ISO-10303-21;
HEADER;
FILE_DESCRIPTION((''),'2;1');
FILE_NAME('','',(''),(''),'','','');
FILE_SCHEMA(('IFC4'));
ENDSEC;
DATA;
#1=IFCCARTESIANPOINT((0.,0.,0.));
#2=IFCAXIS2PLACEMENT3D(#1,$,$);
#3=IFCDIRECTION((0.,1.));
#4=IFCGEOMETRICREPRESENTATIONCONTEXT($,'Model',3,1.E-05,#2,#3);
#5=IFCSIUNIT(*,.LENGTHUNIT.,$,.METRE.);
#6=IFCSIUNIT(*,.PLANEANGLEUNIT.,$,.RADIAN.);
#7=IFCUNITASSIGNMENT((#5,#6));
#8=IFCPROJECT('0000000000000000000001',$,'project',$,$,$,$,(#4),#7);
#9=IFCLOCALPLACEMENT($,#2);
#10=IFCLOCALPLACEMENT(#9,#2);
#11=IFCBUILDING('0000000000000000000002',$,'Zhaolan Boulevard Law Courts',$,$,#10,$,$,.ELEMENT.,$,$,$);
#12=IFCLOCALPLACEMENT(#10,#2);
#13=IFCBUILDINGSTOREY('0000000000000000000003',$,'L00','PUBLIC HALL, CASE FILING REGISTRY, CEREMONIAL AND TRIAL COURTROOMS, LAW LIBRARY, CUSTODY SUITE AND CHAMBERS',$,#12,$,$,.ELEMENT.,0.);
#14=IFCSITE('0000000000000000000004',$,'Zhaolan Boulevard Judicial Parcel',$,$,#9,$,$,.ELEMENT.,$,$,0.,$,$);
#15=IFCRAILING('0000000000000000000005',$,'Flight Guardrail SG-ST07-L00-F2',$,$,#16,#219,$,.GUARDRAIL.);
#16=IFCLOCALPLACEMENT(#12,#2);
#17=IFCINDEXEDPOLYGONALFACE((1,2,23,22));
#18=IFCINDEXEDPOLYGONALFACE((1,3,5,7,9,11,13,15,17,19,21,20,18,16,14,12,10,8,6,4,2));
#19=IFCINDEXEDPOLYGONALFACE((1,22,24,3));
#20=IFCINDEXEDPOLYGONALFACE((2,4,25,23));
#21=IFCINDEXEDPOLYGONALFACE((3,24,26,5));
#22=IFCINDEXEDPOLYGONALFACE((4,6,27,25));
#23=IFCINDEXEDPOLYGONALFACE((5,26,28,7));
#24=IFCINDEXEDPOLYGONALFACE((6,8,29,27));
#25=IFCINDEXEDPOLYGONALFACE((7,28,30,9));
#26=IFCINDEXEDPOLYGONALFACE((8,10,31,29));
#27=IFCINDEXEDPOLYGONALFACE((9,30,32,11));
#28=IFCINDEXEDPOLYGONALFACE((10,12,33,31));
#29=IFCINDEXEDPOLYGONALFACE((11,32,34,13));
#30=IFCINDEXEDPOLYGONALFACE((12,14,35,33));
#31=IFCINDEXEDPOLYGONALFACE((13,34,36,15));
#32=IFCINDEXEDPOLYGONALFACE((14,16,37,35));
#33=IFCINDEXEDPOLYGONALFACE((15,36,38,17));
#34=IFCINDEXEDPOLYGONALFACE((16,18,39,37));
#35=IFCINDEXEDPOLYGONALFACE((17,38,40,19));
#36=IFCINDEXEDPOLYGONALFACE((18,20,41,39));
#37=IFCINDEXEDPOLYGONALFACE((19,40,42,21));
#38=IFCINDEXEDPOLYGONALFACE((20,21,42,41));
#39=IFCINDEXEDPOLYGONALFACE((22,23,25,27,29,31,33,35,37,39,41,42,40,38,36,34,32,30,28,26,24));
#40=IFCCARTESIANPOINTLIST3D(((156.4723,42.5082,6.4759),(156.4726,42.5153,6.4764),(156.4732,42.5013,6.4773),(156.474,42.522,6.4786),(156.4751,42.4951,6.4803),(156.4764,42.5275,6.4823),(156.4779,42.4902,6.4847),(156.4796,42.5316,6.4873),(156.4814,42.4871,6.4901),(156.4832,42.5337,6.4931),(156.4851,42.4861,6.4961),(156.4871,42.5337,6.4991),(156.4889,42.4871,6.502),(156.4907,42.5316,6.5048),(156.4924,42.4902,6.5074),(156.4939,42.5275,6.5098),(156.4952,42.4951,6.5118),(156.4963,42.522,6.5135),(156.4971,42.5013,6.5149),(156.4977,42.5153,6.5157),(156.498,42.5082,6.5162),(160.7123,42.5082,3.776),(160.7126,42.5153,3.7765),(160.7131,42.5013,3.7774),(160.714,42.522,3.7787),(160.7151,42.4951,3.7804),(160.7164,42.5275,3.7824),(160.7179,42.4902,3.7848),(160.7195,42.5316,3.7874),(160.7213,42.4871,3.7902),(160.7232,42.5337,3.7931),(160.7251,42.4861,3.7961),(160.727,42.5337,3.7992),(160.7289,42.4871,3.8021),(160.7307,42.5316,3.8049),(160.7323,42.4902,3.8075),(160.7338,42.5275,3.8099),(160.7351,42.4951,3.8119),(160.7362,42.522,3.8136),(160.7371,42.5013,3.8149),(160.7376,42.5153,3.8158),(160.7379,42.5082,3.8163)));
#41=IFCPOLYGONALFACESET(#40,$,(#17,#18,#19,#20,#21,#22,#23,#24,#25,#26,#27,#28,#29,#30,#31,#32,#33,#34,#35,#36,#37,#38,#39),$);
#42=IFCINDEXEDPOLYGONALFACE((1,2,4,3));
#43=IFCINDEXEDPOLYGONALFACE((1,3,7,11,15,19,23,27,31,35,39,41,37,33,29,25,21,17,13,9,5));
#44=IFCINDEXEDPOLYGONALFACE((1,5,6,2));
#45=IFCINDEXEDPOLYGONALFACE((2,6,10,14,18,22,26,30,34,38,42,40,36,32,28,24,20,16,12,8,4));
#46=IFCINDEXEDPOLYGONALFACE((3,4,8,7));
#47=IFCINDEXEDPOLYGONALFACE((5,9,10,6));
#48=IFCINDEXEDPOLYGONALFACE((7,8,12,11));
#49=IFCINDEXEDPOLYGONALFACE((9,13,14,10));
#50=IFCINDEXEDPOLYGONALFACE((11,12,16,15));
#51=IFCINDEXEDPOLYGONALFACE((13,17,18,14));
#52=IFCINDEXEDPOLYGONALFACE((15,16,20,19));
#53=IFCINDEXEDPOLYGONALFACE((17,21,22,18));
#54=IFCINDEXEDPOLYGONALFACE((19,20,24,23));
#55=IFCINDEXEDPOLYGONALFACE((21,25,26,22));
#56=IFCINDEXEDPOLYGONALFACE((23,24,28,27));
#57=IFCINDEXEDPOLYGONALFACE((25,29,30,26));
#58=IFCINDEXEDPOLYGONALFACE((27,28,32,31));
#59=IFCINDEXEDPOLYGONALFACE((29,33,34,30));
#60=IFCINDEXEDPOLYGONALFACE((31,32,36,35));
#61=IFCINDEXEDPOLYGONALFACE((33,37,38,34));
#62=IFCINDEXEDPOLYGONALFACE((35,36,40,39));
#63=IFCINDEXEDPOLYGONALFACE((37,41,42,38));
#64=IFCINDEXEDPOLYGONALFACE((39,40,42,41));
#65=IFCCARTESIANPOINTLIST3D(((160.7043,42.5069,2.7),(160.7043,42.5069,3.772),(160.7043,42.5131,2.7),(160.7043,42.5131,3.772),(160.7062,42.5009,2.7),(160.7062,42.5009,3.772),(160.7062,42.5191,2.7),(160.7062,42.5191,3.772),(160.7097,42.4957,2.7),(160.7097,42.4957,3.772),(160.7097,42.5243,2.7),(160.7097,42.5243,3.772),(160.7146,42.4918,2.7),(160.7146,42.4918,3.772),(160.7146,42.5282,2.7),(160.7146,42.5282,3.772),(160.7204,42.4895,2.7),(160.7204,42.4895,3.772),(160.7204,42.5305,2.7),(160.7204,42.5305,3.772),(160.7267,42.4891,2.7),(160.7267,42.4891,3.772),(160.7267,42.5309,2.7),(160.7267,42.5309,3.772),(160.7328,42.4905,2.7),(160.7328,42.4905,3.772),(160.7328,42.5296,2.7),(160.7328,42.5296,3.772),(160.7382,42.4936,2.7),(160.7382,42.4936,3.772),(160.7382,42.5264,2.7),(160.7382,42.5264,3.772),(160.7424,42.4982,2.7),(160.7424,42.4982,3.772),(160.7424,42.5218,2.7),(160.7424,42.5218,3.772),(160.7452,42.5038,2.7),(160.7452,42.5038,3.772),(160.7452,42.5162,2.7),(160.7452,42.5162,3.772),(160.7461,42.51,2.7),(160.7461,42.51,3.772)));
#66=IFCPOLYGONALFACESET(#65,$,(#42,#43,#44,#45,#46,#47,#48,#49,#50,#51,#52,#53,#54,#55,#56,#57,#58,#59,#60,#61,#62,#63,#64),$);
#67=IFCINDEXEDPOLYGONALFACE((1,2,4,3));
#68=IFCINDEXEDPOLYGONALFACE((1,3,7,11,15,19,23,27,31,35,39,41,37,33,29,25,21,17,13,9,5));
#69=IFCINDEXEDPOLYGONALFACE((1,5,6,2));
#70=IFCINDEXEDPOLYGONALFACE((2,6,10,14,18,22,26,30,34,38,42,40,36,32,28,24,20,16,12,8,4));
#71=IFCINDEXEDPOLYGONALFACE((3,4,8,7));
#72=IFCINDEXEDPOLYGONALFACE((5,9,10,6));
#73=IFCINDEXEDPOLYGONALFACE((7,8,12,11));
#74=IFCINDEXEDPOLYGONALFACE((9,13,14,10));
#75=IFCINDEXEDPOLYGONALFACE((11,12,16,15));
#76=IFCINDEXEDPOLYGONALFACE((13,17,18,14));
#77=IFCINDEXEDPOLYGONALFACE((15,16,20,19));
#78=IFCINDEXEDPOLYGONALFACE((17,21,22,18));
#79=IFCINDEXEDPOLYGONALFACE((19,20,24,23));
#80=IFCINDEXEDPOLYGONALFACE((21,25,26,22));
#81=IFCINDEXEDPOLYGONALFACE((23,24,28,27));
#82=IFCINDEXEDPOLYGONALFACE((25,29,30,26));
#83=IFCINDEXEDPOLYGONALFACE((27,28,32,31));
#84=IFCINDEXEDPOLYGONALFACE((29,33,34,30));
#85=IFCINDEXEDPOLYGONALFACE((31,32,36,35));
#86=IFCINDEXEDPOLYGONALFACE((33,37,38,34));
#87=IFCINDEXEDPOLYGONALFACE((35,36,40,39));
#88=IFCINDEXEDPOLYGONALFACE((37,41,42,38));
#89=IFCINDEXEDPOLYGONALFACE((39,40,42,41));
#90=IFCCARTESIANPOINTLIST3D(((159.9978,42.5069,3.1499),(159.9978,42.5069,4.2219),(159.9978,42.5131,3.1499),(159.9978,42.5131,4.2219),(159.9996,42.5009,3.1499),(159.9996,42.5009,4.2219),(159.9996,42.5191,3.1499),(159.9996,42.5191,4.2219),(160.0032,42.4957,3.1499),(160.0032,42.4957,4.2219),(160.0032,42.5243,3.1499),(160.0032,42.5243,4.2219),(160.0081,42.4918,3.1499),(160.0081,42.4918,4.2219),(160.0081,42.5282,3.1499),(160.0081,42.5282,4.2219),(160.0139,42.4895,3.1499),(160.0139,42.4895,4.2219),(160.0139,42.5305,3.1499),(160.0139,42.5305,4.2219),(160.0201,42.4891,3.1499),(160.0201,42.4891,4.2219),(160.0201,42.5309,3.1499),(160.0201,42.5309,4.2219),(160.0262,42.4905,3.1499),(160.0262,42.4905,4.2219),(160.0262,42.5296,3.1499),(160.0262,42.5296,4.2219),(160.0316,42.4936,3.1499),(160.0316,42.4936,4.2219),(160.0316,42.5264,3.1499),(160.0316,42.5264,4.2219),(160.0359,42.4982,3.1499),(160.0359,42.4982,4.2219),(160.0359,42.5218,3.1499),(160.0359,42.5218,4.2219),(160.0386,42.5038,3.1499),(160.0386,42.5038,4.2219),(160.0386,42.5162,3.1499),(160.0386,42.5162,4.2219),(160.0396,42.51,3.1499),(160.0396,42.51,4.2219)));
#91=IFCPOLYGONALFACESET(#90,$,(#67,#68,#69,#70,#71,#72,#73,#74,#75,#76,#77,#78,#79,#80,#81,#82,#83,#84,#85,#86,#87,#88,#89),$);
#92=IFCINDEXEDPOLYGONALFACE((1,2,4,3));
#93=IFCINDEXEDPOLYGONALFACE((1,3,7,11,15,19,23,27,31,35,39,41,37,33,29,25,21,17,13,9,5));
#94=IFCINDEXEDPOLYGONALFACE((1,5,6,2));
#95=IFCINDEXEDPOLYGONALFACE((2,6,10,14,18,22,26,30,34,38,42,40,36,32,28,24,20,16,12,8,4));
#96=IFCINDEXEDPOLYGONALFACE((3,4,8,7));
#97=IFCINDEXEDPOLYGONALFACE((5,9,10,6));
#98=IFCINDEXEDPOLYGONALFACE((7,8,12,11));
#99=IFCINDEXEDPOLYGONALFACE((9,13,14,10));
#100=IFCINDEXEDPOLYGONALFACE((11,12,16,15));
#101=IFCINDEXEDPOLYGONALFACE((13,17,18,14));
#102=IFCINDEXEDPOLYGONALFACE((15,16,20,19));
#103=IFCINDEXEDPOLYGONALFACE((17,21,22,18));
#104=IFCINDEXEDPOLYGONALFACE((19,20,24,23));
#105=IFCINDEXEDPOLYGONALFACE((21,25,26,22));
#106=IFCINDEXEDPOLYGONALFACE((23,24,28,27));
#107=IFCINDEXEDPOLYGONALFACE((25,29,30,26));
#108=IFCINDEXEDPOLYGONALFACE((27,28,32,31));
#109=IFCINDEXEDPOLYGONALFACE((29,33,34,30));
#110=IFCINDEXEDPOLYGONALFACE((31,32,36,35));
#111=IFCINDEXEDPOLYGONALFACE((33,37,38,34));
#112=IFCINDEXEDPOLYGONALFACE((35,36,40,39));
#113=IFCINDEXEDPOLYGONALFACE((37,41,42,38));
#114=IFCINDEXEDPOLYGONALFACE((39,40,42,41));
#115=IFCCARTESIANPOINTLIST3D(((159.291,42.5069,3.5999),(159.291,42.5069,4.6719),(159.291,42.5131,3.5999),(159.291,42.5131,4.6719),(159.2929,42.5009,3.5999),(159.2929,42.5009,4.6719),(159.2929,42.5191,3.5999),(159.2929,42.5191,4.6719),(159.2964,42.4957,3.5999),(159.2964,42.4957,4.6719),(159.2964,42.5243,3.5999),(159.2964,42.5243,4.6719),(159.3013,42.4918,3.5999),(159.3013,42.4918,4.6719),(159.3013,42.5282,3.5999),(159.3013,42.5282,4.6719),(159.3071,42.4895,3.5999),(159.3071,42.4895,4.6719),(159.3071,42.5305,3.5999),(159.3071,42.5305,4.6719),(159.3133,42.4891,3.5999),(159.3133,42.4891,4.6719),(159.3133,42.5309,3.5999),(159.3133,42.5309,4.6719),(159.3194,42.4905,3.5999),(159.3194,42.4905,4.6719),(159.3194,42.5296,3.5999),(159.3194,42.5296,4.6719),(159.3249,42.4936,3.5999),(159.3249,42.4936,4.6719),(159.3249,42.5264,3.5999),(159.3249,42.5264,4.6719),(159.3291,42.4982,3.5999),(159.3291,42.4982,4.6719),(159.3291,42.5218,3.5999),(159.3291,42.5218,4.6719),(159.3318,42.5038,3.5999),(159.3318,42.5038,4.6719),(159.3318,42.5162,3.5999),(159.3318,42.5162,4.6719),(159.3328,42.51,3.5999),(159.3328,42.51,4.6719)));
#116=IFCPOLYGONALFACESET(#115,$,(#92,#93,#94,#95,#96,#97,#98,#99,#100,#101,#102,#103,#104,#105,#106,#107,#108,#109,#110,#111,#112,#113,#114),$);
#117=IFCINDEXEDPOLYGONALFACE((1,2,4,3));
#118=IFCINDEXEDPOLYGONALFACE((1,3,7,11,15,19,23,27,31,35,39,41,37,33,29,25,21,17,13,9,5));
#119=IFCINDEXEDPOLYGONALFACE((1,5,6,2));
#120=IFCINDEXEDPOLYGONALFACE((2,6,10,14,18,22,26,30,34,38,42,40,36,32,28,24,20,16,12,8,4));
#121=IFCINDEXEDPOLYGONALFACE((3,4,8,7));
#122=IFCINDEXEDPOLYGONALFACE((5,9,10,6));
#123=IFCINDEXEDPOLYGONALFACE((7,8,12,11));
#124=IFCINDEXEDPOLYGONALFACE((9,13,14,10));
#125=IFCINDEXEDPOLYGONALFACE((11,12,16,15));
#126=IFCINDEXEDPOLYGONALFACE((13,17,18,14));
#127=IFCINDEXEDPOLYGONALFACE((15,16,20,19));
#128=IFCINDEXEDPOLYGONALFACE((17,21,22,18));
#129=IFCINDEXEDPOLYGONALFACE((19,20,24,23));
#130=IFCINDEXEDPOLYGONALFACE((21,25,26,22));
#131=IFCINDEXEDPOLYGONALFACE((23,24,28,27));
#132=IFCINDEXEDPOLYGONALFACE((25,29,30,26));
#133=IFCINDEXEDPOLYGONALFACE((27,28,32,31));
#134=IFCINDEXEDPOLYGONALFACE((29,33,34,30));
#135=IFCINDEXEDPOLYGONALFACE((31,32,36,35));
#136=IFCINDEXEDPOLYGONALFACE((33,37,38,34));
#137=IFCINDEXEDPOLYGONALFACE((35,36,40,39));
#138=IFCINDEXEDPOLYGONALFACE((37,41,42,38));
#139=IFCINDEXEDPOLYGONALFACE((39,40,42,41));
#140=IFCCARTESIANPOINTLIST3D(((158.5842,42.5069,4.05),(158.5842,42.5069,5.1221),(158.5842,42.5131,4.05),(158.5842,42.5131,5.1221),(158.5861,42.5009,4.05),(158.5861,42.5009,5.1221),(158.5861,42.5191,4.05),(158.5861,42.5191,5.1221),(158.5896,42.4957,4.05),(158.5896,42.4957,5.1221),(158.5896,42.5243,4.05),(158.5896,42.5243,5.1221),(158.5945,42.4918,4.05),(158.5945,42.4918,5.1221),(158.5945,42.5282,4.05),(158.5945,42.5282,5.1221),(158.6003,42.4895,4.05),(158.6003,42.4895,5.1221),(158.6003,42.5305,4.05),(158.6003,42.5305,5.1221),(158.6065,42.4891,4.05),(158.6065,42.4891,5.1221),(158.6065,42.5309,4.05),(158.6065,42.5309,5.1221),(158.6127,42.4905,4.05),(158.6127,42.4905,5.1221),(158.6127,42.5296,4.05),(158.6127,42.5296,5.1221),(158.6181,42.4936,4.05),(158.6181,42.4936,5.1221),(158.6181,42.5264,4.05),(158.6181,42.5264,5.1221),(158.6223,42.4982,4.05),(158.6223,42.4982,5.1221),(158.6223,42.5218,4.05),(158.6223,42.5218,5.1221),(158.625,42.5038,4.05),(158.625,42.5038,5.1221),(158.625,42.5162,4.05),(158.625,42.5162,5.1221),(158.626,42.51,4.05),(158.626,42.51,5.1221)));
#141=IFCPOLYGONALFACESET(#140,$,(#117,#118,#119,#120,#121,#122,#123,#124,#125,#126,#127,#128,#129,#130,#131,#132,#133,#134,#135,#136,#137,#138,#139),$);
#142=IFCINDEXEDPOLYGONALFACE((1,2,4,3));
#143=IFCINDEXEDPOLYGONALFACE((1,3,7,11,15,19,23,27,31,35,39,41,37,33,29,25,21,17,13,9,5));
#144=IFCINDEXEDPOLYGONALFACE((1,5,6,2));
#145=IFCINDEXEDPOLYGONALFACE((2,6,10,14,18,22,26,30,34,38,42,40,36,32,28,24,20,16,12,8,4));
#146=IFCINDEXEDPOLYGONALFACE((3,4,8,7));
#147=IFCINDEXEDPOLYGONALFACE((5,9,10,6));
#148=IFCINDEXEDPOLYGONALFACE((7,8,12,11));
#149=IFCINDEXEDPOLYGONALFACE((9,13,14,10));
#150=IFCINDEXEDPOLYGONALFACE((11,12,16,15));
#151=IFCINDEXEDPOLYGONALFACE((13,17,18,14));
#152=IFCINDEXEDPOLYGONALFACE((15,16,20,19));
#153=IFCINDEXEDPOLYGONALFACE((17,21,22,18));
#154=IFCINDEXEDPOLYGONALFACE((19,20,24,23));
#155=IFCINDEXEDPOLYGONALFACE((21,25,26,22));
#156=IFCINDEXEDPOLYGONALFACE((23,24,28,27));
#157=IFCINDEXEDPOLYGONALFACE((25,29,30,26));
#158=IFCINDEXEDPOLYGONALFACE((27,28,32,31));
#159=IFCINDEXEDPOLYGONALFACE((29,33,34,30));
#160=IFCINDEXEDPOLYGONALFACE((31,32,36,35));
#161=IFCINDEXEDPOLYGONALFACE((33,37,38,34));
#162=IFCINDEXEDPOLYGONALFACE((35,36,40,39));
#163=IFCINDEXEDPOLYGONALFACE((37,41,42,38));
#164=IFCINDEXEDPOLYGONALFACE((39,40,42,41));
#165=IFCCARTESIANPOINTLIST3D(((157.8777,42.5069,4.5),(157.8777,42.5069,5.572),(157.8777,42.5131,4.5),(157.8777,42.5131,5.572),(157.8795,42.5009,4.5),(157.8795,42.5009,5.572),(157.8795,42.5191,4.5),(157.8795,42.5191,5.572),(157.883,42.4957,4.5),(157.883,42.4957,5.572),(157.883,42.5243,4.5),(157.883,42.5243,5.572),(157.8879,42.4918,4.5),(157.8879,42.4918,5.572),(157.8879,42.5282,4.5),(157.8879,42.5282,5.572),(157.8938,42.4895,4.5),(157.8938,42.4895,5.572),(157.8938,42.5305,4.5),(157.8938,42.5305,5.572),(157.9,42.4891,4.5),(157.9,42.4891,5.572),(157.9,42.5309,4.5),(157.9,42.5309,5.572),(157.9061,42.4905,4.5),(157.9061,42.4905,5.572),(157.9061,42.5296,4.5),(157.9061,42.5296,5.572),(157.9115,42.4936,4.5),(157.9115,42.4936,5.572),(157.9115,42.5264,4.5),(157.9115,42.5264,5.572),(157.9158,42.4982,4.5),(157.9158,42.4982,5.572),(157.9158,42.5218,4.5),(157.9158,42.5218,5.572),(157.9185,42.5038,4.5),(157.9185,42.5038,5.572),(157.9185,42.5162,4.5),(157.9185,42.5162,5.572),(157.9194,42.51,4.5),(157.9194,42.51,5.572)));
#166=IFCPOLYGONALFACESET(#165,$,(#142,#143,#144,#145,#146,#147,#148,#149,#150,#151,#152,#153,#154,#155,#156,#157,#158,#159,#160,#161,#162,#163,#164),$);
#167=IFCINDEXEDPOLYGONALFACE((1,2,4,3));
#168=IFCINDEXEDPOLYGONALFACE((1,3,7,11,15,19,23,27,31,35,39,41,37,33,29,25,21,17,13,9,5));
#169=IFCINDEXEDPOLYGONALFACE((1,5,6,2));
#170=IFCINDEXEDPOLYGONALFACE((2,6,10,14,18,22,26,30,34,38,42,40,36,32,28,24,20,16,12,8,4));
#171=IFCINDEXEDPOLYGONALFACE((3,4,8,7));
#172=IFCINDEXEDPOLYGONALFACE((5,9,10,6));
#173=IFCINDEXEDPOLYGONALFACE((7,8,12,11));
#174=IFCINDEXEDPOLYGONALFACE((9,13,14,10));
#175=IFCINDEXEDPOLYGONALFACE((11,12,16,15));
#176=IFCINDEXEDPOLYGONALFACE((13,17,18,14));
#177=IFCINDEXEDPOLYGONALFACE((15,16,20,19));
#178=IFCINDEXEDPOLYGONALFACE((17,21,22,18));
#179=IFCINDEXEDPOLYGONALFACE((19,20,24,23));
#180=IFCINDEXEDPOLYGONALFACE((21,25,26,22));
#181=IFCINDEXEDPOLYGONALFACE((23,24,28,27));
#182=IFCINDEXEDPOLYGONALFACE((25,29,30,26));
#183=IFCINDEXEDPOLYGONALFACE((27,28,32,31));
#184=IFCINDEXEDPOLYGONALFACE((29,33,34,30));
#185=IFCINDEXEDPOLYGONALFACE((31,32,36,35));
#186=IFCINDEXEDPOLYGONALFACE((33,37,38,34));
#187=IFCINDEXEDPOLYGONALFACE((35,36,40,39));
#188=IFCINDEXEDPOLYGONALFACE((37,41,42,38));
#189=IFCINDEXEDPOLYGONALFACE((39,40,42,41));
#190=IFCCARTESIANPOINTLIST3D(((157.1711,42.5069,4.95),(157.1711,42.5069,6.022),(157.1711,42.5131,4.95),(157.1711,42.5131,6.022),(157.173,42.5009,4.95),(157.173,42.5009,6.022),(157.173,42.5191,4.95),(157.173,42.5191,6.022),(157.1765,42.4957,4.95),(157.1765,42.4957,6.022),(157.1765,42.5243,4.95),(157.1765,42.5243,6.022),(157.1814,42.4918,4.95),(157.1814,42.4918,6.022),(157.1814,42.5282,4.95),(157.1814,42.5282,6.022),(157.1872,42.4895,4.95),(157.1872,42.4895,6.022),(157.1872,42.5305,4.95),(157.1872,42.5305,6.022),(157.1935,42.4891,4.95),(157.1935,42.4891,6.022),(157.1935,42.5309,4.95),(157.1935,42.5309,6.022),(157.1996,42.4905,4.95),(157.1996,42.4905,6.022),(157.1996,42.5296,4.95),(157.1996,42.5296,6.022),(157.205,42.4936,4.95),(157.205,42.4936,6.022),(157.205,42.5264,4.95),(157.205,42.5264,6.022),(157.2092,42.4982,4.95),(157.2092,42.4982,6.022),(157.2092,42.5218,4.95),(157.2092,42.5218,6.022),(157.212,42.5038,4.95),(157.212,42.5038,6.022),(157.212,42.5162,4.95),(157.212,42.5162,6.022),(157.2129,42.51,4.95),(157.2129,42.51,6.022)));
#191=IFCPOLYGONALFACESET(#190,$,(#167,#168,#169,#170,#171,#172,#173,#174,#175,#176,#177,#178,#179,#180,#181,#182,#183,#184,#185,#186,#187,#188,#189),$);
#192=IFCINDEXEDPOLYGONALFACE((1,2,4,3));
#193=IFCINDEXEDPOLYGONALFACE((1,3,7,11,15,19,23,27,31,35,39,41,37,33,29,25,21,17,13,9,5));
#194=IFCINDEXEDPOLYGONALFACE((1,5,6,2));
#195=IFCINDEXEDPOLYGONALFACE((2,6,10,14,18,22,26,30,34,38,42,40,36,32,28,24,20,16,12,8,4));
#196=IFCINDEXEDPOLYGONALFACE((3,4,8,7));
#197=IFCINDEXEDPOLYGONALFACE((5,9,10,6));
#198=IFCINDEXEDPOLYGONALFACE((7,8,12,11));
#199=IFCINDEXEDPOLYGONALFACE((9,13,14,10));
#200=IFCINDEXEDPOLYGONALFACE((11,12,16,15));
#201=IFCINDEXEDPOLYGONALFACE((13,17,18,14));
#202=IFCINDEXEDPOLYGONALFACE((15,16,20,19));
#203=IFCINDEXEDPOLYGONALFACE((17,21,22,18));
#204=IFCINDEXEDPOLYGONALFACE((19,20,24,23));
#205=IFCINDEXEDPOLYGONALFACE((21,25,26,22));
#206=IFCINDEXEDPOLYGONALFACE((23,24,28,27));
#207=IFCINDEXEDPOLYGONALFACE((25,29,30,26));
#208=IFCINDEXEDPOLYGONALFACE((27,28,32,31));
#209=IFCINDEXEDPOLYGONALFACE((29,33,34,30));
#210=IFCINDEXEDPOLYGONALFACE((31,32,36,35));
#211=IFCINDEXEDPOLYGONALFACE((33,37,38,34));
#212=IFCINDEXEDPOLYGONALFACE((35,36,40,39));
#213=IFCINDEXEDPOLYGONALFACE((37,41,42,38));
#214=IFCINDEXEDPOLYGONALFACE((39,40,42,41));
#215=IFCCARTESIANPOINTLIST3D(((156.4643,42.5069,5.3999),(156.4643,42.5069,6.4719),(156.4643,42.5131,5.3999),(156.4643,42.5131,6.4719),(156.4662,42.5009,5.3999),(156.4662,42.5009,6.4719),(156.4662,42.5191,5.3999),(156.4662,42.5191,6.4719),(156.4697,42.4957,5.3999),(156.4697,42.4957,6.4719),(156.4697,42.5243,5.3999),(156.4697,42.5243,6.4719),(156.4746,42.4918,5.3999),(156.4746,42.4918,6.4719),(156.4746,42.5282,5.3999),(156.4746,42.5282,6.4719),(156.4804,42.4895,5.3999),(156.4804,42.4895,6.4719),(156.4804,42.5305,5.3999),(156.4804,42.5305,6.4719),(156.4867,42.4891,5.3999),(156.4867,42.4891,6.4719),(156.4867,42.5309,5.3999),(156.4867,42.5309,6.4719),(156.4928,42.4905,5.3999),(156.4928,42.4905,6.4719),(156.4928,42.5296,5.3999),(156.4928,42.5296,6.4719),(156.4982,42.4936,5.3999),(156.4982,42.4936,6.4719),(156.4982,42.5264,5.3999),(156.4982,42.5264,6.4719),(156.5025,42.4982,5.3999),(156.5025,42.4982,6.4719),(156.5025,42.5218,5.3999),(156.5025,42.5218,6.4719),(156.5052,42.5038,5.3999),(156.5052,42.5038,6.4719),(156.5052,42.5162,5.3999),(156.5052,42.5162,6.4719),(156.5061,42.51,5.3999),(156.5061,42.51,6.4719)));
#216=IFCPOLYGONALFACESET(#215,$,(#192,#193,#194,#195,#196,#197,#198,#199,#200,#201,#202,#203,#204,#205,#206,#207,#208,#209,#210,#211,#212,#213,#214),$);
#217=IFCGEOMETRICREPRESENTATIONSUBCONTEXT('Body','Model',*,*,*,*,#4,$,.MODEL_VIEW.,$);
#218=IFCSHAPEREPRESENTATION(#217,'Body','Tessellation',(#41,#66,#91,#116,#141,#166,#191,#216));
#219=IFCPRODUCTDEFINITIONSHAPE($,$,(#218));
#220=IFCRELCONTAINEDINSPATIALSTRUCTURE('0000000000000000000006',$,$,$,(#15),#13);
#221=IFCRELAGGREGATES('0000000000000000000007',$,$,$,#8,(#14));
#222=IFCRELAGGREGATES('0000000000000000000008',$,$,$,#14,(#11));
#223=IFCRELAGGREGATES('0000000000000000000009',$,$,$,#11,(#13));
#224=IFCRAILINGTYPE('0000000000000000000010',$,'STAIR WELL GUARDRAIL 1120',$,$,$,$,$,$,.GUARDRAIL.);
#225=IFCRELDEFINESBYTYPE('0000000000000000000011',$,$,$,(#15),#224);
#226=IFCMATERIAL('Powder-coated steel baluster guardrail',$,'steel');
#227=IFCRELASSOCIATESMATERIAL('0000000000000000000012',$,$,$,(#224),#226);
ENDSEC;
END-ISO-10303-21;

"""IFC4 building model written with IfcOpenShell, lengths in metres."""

from ifc_helpers import new_model, si_unit, direction, frame, origin, origin_2d, place, context, subcontext, project, spatial, circle, extrude, material, type_object, element, save


model = new_model("IFC4")

# Units and contexts
model_context = context("Model", 3, precision=1e-05, world=origin(), true_north=direction((0.0, 1.0)))
body_context = subcontext(model_context, "Body", "Model", "MODEL_VIEW")
ifc_project = project(units=[si_unit("LENGTHUNIT", "METRE"), si_unit("PLANEANGLEUNIT", "RADIAN")], contexts=[model_context])

# Site, building, storey
site_placement = place(None, origin())
site = spatial("IfcSite", under=ifc_project, at=site_placement, Name="Zhaolan Boulevard Judicial Parcel", CompositionType="ELEMENT", RefElevation=0.0)
building_placement = place(site_placement, origin())
building = spatial("IfcBuilding", under=site, at=building_placement, Name="Zhaolan Boulevard Law Courts", CompositionType="ELEMENT")
storey_placement = place(building_placement, origin())
storey = spatial("IfcBuildingStorey", under=building, at=storey_placement, Name="L00", Description="PUBLIC HALL, CASE FILING REGISTRY, CEREMONIAL AND TRIAL COURTROOMS, LAW LIBRARY, CUSTODY SUITE AND CHAMBERS", CompositionType="ELEMENT", Elevation=0.0)

# Railing
ifc_material_1 = material(Name="Powder-coated steel baluster guardrail", Category="steel")
railing_type = type_object("IfcRailingType", Name="STAIR WELL GUARDRAIL 1120", PredefinedType="GUARDRAIL", material=ifc_material_1)
railing_placement = place(storey_placement, frame((160.7251, 42.51, 2.7)))
element("IfcRailing", 1, at=railing_placement, inside=storey, type_object=railing_type, Name="Flight Guardrail SG-ST07-L00-F2", PredefinedType="GUARDRAIL", context=body_context, shape_type="SweptSolid", body=[
    extrude(circle(Radius=0.0239, at=origin_2d()), frame((0.0, 0.0, 1.0962), z_axis=(-0.843501, 0.0, 0.537127), x_axis=(0.0, -1.0, 0.0)), (0.0, 0.0, 1.0), 5.0266),
    extrude(circle(Radius=0.021, at=origin_2d()), origin(), (0.0, 0.0, 1.0), 1.072),
    extrude(circle(Radius=0.021, at=origin_2d()), frame((-0.7065, 0.0, 0.45)), (0.0, 0.0, 1.0), 1.072),
    extrude(circle(Radius=0.021, at=origin_2d()), frame((-1.4133, 0.0, 0.8999)), (0.0, 0.0, 1.0), 1.072),
    extrude(circle(Radius=0.021, at=origin_2d()), frame((-2.1201, 0.0, 1.3501)), (0.0, 0.0, 1.0), 1.072),
    extrude(circle(Radius=0.021, at=origin_2d()), frame((-2.8267, 0.0, 1.8)), (0.0, 0.0, 1.0), 1.072),
    extrude(circle(Radius=0.021, at=origin_2d()), frame((-3.5332, 0.0, 2.25)), (0.0, 0.0, 1.0), 1.072),
    extrude(circle(Radius=0.021, at=origin_2d()), frame((-4.24, 0.0, 2.7)), (0.0, 0.0, 1.0), 1.072),
])

save(model, "model.ifc")
